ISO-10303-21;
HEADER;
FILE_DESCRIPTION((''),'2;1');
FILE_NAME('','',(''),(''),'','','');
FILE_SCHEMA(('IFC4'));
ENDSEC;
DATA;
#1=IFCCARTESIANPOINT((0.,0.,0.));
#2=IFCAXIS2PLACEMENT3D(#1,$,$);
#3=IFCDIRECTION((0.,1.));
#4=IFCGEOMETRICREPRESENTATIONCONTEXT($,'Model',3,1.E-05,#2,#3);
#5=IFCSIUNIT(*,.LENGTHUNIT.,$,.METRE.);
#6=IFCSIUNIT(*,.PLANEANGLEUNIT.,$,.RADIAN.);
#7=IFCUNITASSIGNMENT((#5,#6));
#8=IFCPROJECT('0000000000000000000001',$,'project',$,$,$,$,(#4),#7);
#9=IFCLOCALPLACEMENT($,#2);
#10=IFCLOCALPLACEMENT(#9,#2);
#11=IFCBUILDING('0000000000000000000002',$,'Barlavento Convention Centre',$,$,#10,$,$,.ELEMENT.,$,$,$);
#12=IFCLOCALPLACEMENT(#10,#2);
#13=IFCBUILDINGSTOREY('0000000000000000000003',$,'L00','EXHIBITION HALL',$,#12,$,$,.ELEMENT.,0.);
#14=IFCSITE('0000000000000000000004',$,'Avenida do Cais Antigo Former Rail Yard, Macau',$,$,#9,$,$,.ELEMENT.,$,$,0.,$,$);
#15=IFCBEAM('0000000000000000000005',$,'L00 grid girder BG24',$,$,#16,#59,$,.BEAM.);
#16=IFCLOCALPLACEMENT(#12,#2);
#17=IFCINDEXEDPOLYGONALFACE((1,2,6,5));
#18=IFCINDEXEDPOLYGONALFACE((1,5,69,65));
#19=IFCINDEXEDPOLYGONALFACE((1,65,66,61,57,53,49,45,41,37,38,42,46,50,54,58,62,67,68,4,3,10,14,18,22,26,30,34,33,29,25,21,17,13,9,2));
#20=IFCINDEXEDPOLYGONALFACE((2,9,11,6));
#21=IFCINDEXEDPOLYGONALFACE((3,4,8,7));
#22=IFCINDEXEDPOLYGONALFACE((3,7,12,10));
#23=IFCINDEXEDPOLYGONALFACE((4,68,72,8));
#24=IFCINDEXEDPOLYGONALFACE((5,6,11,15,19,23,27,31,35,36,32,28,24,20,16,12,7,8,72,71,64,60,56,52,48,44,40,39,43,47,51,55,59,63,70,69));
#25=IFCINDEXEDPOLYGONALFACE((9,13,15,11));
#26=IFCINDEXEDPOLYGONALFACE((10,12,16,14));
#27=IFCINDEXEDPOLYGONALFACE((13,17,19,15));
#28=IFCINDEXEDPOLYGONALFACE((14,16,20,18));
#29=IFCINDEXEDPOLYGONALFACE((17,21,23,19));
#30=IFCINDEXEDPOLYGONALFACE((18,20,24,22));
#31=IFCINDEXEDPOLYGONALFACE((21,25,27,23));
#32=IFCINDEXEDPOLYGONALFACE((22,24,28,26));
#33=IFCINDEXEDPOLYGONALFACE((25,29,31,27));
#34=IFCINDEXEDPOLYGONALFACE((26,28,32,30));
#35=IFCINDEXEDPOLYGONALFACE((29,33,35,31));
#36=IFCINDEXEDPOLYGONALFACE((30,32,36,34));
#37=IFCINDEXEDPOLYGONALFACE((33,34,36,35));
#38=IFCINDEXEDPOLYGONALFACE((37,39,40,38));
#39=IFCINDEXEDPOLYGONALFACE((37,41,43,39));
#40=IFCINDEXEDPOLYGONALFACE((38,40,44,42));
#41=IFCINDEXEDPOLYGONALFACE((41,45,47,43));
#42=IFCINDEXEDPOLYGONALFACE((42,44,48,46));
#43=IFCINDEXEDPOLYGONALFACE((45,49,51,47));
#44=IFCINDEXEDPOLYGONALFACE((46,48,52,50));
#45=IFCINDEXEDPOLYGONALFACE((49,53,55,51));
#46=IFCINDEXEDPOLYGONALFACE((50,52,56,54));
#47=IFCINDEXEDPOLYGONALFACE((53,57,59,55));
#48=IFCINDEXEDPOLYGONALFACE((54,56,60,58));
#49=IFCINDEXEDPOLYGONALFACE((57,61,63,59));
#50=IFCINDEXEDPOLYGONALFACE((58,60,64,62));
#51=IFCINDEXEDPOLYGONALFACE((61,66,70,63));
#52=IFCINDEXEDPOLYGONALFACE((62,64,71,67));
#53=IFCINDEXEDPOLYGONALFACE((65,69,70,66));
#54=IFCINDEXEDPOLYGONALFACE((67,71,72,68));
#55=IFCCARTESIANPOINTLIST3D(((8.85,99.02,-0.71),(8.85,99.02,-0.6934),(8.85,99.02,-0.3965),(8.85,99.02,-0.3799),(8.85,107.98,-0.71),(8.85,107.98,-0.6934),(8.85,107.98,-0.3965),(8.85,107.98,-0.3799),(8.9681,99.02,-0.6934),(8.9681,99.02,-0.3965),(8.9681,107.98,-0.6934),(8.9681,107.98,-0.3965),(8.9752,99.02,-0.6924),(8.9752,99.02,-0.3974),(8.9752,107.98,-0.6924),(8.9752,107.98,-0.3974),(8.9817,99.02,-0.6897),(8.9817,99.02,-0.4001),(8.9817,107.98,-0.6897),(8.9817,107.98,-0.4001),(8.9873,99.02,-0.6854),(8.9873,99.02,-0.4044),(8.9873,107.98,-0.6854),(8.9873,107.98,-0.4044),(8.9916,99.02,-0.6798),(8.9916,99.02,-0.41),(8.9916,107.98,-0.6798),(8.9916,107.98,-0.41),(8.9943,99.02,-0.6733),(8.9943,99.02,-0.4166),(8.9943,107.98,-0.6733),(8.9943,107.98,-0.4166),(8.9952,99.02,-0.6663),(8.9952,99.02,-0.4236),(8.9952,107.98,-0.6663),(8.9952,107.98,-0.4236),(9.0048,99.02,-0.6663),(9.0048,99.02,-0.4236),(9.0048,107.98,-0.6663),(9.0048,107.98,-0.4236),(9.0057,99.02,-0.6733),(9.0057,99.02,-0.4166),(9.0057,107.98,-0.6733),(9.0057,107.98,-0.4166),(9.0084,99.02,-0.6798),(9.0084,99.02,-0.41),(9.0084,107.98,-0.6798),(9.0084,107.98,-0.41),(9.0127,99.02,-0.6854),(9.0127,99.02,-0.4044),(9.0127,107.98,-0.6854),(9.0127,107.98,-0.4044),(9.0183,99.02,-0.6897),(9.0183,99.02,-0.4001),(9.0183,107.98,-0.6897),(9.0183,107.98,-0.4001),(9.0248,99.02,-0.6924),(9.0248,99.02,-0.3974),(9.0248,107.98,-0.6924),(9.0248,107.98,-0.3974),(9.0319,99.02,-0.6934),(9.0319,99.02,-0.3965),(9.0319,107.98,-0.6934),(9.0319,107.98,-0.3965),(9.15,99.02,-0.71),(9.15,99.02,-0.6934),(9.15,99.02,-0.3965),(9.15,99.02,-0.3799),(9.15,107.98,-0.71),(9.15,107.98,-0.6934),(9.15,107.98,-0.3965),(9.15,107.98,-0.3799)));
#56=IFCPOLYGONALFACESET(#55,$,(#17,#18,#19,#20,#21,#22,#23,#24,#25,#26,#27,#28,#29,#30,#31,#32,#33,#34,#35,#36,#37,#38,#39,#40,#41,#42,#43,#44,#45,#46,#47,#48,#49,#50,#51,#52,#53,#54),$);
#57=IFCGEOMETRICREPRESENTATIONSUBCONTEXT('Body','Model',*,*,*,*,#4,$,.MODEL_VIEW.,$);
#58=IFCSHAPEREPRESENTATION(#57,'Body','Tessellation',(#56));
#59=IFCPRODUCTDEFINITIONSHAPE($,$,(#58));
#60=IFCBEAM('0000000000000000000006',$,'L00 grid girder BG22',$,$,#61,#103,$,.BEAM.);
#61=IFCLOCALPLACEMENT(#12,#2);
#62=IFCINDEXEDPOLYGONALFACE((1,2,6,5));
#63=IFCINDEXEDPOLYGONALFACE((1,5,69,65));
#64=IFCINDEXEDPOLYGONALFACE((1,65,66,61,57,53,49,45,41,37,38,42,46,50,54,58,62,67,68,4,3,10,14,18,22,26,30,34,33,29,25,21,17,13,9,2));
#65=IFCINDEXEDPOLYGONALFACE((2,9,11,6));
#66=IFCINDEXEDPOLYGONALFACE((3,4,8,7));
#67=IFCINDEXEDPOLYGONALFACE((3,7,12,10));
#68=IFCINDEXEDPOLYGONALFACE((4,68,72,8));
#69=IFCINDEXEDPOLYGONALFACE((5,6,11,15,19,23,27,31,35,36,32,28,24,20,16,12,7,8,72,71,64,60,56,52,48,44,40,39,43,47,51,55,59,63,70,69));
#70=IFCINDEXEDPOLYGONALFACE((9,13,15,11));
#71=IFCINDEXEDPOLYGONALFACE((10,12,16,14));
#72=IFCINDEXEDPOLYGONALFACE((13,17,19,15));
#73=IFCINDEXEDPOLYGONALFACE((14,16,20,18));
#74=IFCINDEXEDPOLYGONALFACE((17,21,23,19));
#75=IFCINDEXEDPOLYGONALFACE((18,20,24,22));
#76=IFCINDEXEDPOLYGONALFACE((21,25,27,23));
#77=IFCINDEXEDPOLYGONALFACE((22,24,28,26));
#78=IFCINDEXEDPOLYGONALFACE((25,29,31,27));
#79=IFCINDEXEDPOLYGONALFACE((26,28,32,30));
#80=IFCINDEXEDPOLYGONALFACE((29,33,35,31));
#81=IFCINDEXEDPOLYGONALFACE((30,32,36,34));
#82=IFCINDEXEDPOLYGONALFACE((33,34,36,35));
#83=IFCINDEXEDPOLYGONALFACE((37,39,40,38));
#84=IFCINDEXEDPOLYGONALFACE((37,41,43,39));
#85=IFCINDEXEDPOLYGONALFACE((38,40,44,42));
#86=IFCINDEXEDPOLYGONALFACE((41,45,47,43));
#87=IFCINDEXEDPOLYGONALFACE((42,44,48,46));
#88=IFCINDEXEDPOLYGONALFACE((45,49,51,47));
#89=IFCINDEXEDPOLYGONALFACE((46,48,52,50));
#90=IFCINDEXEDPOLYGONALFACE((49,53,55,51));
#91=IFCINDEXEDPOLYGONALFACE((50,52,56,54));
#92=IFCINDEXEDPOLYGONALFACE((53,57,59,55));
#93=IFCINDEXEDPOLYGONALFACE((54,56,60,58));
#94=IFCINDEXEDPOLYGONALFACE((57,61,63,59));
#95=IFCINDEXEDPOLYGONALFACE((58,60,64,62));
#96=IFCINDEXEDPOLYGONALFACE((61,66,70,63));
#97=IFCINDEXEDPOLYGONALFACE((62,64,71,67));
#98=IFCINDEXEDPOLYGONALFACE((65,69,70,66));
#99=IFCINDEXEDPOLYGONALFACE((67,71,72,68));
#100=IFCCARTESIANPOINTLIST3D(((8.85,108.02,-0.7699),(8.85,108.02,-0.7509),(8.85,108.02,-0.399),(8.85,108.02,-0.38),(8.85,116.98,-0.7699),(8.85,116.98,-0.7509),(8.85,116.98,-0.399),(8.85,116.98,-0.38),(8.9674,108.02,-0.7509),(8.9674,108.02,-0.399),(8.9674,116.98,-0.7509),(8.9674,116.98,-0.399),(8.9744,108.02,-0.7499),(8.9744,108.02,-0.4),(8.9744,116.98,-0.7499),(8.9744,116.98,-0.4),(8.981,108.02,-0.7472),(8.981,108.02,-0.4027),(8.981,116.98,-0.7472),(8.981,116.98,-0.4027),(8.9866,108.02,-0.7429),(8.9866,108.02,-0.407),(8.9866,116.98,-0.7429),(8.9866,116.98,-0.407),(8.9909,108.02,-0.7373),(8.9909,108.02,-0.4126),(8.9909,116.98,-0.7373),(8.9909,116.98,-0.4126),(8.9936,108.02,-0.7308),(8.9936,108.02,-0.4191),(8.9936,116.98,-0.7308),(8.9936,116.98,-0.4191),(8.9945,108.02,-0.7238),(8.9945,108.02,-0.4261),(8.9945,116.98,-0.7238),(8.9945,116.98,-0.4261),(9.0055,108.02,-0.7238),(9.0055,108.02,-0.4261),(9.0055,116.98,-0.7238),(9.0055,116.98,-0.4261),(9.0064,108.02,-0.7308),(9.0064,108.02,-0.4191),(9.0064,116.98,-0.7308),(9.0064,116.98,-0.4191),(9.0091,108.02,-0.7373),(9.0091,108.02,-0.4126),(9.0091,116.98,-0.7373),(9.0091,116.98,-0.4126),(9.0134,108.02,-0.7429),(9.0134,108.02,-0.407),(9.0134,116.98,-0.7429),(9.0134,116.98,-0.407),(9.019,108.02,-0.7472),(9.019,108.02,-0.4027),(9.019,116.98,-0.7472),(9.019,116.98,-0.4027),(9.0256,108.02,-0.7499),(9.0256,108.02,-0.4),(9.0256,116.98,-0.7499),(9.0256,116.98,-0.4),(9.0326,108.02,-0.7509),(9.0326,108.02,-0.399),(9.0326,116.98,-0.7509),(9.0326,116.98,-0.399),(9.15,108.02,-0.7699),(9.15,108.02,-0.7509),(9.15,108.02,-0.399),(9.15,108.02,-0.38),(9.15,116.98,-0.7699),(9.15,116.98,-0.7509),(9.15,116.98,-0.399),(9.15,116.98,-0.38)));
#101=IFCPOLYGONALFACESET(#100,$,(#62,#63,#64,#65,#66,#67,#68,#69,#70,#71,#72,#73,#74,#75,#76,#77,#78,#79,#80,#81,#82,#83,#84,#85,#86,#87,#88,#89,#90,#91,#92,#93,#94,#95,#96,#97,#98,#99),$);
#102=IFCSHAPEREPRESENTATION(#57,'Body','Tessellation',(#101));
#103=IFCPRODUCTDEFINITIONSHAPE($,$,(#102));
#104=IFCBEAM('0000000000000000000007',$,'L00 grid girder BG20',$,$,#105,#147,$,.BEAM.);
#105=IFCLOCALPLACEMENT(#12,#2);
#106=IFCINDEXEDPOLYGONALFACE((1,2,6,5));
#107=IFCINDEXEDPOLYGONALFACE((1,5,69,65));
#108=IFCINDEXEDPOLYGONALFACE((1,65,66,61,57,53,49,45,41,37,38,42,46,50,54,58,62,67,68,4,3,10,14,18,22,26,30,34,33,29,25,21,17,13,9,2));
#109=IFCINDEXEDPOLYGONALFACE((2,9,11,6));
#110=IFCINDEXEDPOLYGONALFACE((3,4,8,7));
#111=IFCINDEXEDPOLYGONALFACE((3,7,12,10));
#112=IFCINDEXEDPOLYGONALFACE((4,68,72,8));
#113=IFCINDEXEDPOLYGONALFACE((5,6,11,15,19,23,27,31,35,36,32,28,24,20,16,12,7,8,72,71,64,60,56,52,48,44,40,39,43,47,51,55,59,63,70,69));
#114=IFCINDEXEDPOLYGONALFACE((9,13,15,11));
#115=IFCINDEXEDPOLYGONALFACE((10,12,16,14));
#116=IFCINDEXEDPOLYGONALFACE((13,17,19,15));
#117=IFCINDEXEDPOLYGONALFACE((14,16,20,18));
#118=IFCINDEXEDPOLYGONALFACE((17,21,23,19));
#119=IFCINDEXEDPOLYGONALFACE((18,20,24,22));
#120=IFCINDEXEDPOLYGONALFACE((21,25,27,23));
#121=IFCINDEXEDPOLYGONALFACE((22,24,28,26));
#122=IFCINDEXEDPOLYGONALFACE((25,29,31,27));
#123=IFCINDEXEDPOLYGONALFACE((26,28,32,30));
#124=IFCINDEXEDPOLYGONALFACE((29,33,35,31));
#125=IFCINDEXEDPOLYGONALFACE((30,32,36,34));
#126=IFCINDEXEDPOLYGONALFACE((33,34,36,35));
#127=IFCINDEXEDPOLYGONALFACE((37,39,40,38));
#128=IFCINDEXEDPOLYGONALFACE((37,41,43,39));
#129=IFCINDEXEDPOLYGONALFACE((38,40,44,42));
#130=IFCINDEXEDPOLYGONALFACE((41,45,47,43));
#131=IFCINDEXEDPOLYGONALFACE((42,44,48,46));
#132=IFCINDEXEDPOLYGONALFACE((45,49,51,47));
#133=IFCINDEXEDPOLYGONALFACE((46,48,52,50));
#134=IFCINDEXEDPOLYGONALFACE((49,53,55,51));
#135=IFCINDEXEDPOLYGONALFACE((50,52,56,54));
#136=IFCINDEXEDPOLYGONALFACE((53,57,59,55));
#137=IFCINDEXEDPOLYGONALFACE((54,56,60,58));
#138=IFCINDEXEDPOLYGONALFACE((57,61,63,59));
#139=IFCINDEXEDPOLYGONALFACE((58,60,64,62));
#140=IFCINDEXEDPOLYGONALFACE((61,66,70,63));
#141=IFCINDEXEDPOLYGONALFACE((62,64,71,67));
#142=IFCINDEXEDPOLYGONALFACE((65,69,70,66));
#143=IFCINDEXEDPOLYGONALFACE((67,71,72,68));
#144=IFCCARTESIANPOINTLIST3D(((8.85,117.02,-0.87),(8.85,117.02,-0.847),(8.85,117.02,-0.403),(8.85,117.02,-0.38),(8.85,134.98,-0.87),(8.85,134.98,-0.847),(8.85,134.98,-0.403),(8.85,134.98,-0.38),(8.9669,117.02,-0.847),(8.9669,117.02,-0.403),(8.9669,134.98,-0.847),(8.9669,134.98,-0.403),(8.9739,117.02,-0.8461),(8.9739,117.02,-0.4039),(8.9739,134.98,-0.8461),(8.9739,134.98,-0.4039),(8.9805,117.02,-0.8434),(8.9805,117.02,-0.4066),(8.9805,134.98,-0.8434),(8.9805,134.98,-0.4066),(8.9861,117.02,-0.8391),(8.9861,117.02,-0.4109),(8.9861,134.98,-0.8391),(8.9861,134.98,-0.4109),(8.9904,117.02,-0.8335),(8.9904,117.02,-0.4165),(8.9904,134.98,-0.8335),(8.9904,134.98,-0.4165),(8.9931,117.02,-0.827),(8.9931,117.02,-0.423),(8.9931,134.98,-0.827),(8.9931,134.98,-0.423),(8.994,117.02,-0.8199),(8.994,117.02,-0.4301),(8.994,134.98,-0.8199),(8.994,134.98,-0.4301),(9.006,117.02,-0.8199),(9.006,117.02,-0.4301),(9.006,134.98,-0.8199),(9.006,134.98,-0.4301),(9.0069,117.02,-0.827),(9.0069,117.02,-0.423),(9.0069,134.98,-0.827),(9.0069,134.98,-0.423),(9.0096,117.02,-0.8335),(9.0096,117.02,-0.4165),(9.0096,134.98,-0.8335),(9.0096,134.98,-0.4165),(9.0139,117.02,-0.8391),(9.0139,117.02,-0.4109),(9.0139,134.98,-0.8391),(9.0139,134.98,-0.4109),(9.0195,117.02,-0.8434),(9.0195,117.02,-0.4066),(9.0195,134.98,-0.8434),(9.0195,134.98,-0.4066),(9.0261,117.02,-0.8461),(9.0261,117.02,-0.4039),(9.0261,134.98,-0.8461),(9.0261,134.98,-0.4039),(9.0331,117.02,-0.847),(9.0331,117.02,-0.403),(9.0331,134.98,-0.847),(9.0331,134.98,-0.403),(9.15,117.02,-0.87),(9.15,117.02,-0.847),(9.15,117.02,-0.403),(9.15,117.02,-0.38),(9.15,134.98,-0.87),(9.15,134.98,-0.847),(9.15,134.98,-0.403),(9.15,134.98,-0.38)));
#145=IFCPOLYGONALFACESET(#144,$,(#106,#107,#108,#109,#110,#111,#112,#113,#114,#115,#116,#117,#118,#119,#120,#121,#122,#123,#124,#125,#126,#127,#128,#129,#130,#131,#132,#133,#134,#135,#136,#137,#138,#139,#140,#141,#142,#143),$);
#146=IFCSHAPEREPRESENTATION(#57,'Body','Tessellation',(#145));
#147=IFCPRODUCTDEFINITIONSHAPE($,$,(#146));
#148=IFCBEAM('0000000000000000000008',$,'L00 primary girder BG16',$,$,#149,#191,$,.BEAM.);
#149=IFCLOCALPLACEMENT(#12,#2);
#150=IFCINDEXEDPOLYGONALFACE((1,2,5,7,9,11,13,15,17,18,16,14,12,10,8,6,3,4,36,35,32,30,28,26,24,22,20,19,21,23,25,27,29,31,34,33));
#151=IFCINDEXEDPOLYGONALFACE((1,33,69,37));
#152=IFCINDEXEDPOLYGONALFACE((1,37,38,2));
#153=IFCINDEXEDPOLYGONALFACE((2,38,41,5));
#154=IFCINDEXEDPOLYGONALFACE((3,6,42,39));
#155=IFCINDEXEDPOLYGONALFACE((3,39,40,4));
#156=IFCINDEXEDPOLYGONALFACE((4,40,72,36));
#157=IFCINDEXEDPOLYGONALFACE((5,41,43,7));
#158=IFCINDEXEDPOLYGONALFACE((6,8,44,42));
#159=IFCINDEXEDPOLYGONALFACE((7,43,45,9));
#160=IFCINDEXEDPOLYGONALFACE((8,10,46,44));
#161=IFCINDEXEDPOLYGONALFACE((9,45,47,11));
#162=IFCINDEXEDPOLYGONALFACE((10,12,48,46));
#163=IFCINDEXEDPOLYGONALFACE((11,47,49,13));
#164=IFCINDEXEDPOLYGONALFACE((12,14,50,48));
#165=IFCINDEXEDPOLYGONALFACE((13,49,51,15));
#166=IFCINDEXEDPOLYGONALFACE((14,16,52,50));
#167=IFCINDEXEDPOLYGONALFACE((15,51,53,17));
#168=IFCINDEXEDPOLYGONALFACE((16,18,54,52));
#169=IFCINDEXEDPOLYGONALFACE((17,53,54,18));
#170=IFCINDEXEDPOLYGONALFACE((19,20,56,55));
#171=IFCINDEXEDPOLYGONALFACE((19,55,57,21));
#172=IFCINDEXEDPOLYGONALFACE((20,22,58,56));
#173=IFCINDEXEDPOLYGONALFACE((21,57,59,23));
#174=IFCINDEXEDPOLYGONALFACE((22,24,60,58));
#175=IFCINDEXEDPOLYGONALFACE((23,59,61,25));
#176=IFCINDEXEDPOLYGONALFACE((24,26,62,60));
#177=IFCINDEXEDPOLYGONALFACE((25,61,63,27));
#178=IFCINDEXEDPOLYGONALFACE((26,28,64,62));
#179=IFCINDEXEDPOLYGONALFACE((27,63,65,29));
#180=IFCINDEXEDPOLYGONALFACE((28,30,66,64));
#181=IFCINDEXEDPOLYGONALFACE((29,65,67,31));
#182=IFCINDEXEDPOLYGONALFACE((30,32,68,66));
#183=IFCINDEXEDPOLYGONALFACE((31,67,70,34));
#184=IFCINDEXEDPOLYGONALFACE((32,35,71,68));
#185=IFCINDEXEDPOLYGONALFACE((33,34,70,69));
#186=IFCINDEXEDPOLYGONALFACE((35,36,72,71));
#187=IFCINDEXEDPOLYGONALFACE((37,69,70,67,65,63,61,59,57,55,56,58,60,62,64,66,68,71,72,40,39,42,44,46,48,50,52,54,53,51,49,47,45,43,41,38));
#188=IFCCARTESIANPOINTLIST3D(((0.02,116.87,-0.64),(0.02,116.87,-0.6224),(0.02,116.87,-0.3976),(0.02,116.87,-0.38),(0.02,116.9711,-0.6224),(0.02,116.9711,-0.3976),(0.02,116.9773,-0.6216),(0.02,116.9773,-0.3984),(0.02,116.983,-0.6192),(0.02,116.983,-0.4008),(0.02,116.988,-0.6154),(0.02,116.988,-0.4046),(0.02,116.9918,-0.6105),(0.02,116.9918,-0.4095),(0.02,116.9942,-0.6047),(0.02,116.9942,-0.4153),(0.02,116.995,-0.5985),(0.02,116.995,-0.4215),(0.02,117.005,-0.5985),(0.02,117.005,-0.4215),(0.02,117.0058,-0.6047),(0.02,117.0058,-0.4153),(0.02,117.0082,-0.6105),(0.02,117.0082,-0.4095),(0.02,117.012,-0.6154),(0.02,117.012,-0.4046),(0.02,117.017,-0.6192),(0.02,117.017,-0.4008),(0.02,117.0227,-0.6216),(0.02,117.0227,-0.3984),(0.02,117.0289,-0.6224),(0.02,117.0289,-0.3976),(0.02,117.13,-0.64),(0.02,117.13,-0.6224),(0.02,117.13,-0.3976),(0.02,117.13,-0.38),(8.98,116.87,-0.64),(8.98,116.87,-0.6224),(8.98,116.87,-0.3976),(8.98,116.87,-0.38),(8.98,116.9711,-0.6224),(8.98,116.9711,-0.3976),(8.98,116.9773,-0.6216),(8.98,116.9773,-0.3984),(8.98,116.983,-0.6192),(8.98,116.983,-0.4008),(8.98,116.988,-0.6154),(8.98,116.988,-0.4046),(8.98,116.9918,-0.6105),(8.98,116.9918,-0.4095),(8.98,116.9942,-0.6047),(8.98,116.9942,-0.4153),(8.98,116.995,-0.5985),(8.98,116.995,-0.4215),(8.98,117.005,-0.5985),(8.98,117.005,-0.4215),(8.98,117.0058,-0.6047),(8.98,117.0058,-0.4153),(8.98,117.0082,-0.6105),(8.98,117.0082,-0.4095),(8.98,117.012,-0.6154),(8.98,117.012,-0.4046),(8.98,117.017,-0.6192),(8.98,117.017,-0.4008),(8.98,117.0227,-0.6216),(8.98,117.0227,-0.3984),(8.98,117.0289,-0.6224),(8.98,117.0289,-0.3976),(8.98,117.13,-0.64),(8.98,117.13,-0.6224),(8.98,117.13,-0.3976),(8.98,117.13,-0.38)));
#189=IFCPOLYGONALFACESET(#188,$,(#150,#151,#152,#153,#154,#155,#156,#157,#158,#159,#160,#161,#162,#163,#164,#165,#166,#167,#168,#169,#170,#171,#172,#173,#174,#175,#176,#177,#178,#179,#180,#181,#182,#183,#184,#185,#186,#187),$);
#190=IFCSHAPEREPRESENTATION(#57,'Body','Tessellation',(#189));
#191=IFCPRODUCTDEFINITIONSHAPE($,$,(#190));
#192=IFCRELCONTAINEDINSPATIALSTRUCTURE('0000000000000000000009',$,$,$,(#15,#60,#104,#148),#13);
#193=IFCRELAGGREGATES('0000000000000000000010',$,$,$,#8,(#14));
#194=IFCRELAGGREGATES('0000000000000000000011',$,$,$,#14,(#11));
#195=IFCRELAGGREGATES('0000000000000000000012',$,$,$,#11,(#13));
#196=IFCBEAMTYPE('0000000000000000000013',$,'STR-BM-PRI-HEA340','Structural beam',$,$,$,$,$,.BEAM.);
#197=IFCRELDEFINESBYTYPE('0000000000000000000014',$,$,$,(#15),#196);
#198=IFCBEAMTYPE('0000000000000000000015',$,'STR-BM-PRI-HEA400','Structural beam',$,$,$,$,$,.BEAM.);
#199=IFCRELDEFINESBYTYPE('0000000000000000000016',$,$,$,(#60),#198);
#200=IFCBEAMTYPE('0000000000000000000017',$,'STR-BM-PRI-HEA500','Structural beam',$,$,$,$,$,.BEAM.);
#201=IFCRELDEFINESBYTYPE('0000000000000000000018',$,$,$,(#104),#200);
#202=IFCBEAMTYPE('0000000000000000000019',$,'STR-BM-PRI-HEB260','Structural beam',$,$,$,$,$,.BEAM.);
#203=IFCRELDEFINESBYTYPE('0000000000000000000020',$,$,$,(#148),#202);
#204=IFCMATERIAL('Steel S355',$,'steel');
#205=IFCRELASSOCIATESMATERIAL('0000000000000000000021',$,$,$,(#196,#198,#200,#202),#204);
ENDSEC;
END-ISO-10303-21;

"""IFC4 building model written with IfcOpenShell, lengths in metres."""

from ifc_helpers import new_model, si_unit, direction, frame, origin, origin_2d, place, context, subcontext, project, spatial, i_section, extrude, material, material_profile, profile_set, type_object, element, save


model = new_model("IFC4")

# Units and contexts
model_context = context("Model", 3, precision=1e-05, world=origin(), true_north=direction((0.0, 1.0)))
body_context = subcontext(model_context, "Body", "Model", "MODEL_VIEW")
ifc_project = project(units=[si_unit("LENGTHUNIT", "METRE"), si_unit("PLANEANGLEUNIT", "RADIAN")], contexts=[model_context])

# Site, building, storey
site_placement = place(None, origin())
site = spatial("IfcSite", under=ifc_project, at=site_placement, Name="Avenida do Cais Antigo Former Rail Yard, Macau", CompositionType="ELEMENT", RefElevation=0.0)
building_placement = place(site_placement, origin())
building = spatial("IfcBuilding", under=site, at=building_placement, Name="Barlavento Convention Centre", CompositionType="ELEMENT")
storey_placement = place(building_placement, origin())
storey = spatial("IfcBuildingStorey", under=building, at=storey_placement, Name="L00", Description="EXHIBITION HALL", CompositionType="ELEMENT", Elevation=0.0)

# Beams
ifc_material_1 = material(Name="Steel S355", Category="steel")
ifc_material_profile_1 = material_profile(ifc_material_1, i_section(OverallWidth=0.3, OverallDepth=0.3301, WebThickness=0.0095, FlangeThickness=0.0166, FilletRadius=0.0271, at=origin_2d()), Name="HEA 340")
ifc_profile_set_1 = profile_set([ifc_material_profile_1], Name="Steel S355")
beam_type_1 = type_object("IfcBeamType", Name="STR-BM-PRI-HEA340", Description="Structural beam", PredefinedType="BEAM", material=ifc_profile_set_1)
beam_1_placement = place(storey_placement, frame((9.0, 99.02, -0.5449), z_axis=(0.0, 1.0, 0.0), x_axis=(-1.0, 0.0, 0.0)))
element("IfcBeam", 1, at=beam_1_placement, inside=storey, type_object=beam_type_1, Name="L00 grid girder BG24", PredefinedType="BEAM", context=body_context, shape_type="SweptSolid", body=[
    extrude(i_section(OverallWidth=0.3, OverallDepth=0.3301, WebThickness=0.0095, FlangeThickness=0.0166, FilletRadius=0.0271, at=origin_2d()), origin(), (0.0, 0.0, 1.0), 8.96),
])
ifc_material_profile_2 = material_profile(ifc_material_1, i_section(OverallWidth=0.3, OverallDepth=0.3899, WebThickness=0.011, FlangeThickness=0.019, FilletRadius=0.0271, at=origin_2d()), Name="HEA 400")
ifc_profile_set_2 = profile_set([ifc_material_profile_2], Name="Steel S355")
beam_type_2 = type_object("IfcBeamType", Name="STR-BM-PRI-HEA400", Description="Structural beam", PredefinedType="BEAM", material=ifc_profile_set_2)
beam_2_placement = place(storey_placement, frame((9.0, 108.02, -0.575), z_axis=(0.0, 1.0, 0.0), x_axis=(-1.0, 0.0, 0.0)))
element("IfcBeam", 2, at=beam_2_placement, inside=storey, type_object=beam_type_2, Name="L00 grid girder BG22", PredefinedType="BEAM", context=body_context, shape_type="SweptSolid", body=[
    extrude(i_section(OverallWidth=0.3, OverallDepth=0.3899, WebThickness=0.011, FlangeThickness=0.019, FilletRadius=0.0271, at=origin_2d()), origin(), (0.0, 0.0, 1.0), 8.96),
])
ifc_material_profile_3 = material_profile(ifc_material_1, i_section(OverallWidth=0.3, OverallDepth=0.49, WebThickness=0.012, FlangeThickness=0.0229, FilletRadius=0.0271, at=origin_2d()), Name="HEA 500")
ifc_profile_set_3 = profile_set([ifc_material_profile_3], Name="Steel S355")
beam_type_3 = type_object("IfcBeamType", Name="STR-BM-PRI-HEA500", Description="Structural beam", PredefinedType="BEAM", material=ifc_profile_set_3)
beam_3_placement = place(storey_placement, frame((9.0, 117.02, -0.625), z_axis=(0.0, 1.0, 0.0), x_axis=(-1.0, 0.0, 0.0)))
element("IfcBeam", 3, at=beam_3_placement, inside=storey, type_object=beam_type_3, Name="L00 grid girder BG20", PredefinedType="BEAM", context=body_context, shape_type="SweptSolid", body=[
    extrude(i_section(OverallWidth=0.3, OverallDepth=0.49, WebThickness=0.012, FlangeThickness=0.0229, FilletRadius=0.0271, at=origin_2d()), origin(), (0.0, 0.0, 1.0), 17.96),
])
ifc_material_profile_4 = material_profile(ifc_material_1, i_section(OverallWidth=0.26, OverallDepth=0.26, WebThickness=0.01, FlangeThickness=0.0176, FilletRadius=0.0239, at=origin_2d()), Name="HEB 260")
ifc_profile_set_4 = profile_set([ifc_material_profile_4], Name="Steel S355")
beam_type_4 = type_object("IfcBeamType", Name="STR-BM-PRI-HEB260", Description="Structural beam", PredefinedType="BEAM", material=ifc_profile_set_4)
beam_4_placement = place(storey_placement, frame((0.02, 117.0, -0.51), z_axis=(1.0, 0.0, 0.0), x_axis=(0.0, 1.0, 0.0)))
element("IfcBeam", 4, at=beam_4_placement, inside=storey, type_object=beam_type_4, Name="L00 primary girder BG16", PredefinedType="BEAM", context=body_context, shape_type="SweptSolid", body=[
    extrude(i_section(OverallWidth=0.26, OverallDepth=0.26, WebThickness=0.01, FlangeThickness=0.0176, FilletRadius=0.0239, at=origin_2d()), origin(), (0.0, 0.0, 1.0), 8.96),
])

save(model, "model.ifc")
